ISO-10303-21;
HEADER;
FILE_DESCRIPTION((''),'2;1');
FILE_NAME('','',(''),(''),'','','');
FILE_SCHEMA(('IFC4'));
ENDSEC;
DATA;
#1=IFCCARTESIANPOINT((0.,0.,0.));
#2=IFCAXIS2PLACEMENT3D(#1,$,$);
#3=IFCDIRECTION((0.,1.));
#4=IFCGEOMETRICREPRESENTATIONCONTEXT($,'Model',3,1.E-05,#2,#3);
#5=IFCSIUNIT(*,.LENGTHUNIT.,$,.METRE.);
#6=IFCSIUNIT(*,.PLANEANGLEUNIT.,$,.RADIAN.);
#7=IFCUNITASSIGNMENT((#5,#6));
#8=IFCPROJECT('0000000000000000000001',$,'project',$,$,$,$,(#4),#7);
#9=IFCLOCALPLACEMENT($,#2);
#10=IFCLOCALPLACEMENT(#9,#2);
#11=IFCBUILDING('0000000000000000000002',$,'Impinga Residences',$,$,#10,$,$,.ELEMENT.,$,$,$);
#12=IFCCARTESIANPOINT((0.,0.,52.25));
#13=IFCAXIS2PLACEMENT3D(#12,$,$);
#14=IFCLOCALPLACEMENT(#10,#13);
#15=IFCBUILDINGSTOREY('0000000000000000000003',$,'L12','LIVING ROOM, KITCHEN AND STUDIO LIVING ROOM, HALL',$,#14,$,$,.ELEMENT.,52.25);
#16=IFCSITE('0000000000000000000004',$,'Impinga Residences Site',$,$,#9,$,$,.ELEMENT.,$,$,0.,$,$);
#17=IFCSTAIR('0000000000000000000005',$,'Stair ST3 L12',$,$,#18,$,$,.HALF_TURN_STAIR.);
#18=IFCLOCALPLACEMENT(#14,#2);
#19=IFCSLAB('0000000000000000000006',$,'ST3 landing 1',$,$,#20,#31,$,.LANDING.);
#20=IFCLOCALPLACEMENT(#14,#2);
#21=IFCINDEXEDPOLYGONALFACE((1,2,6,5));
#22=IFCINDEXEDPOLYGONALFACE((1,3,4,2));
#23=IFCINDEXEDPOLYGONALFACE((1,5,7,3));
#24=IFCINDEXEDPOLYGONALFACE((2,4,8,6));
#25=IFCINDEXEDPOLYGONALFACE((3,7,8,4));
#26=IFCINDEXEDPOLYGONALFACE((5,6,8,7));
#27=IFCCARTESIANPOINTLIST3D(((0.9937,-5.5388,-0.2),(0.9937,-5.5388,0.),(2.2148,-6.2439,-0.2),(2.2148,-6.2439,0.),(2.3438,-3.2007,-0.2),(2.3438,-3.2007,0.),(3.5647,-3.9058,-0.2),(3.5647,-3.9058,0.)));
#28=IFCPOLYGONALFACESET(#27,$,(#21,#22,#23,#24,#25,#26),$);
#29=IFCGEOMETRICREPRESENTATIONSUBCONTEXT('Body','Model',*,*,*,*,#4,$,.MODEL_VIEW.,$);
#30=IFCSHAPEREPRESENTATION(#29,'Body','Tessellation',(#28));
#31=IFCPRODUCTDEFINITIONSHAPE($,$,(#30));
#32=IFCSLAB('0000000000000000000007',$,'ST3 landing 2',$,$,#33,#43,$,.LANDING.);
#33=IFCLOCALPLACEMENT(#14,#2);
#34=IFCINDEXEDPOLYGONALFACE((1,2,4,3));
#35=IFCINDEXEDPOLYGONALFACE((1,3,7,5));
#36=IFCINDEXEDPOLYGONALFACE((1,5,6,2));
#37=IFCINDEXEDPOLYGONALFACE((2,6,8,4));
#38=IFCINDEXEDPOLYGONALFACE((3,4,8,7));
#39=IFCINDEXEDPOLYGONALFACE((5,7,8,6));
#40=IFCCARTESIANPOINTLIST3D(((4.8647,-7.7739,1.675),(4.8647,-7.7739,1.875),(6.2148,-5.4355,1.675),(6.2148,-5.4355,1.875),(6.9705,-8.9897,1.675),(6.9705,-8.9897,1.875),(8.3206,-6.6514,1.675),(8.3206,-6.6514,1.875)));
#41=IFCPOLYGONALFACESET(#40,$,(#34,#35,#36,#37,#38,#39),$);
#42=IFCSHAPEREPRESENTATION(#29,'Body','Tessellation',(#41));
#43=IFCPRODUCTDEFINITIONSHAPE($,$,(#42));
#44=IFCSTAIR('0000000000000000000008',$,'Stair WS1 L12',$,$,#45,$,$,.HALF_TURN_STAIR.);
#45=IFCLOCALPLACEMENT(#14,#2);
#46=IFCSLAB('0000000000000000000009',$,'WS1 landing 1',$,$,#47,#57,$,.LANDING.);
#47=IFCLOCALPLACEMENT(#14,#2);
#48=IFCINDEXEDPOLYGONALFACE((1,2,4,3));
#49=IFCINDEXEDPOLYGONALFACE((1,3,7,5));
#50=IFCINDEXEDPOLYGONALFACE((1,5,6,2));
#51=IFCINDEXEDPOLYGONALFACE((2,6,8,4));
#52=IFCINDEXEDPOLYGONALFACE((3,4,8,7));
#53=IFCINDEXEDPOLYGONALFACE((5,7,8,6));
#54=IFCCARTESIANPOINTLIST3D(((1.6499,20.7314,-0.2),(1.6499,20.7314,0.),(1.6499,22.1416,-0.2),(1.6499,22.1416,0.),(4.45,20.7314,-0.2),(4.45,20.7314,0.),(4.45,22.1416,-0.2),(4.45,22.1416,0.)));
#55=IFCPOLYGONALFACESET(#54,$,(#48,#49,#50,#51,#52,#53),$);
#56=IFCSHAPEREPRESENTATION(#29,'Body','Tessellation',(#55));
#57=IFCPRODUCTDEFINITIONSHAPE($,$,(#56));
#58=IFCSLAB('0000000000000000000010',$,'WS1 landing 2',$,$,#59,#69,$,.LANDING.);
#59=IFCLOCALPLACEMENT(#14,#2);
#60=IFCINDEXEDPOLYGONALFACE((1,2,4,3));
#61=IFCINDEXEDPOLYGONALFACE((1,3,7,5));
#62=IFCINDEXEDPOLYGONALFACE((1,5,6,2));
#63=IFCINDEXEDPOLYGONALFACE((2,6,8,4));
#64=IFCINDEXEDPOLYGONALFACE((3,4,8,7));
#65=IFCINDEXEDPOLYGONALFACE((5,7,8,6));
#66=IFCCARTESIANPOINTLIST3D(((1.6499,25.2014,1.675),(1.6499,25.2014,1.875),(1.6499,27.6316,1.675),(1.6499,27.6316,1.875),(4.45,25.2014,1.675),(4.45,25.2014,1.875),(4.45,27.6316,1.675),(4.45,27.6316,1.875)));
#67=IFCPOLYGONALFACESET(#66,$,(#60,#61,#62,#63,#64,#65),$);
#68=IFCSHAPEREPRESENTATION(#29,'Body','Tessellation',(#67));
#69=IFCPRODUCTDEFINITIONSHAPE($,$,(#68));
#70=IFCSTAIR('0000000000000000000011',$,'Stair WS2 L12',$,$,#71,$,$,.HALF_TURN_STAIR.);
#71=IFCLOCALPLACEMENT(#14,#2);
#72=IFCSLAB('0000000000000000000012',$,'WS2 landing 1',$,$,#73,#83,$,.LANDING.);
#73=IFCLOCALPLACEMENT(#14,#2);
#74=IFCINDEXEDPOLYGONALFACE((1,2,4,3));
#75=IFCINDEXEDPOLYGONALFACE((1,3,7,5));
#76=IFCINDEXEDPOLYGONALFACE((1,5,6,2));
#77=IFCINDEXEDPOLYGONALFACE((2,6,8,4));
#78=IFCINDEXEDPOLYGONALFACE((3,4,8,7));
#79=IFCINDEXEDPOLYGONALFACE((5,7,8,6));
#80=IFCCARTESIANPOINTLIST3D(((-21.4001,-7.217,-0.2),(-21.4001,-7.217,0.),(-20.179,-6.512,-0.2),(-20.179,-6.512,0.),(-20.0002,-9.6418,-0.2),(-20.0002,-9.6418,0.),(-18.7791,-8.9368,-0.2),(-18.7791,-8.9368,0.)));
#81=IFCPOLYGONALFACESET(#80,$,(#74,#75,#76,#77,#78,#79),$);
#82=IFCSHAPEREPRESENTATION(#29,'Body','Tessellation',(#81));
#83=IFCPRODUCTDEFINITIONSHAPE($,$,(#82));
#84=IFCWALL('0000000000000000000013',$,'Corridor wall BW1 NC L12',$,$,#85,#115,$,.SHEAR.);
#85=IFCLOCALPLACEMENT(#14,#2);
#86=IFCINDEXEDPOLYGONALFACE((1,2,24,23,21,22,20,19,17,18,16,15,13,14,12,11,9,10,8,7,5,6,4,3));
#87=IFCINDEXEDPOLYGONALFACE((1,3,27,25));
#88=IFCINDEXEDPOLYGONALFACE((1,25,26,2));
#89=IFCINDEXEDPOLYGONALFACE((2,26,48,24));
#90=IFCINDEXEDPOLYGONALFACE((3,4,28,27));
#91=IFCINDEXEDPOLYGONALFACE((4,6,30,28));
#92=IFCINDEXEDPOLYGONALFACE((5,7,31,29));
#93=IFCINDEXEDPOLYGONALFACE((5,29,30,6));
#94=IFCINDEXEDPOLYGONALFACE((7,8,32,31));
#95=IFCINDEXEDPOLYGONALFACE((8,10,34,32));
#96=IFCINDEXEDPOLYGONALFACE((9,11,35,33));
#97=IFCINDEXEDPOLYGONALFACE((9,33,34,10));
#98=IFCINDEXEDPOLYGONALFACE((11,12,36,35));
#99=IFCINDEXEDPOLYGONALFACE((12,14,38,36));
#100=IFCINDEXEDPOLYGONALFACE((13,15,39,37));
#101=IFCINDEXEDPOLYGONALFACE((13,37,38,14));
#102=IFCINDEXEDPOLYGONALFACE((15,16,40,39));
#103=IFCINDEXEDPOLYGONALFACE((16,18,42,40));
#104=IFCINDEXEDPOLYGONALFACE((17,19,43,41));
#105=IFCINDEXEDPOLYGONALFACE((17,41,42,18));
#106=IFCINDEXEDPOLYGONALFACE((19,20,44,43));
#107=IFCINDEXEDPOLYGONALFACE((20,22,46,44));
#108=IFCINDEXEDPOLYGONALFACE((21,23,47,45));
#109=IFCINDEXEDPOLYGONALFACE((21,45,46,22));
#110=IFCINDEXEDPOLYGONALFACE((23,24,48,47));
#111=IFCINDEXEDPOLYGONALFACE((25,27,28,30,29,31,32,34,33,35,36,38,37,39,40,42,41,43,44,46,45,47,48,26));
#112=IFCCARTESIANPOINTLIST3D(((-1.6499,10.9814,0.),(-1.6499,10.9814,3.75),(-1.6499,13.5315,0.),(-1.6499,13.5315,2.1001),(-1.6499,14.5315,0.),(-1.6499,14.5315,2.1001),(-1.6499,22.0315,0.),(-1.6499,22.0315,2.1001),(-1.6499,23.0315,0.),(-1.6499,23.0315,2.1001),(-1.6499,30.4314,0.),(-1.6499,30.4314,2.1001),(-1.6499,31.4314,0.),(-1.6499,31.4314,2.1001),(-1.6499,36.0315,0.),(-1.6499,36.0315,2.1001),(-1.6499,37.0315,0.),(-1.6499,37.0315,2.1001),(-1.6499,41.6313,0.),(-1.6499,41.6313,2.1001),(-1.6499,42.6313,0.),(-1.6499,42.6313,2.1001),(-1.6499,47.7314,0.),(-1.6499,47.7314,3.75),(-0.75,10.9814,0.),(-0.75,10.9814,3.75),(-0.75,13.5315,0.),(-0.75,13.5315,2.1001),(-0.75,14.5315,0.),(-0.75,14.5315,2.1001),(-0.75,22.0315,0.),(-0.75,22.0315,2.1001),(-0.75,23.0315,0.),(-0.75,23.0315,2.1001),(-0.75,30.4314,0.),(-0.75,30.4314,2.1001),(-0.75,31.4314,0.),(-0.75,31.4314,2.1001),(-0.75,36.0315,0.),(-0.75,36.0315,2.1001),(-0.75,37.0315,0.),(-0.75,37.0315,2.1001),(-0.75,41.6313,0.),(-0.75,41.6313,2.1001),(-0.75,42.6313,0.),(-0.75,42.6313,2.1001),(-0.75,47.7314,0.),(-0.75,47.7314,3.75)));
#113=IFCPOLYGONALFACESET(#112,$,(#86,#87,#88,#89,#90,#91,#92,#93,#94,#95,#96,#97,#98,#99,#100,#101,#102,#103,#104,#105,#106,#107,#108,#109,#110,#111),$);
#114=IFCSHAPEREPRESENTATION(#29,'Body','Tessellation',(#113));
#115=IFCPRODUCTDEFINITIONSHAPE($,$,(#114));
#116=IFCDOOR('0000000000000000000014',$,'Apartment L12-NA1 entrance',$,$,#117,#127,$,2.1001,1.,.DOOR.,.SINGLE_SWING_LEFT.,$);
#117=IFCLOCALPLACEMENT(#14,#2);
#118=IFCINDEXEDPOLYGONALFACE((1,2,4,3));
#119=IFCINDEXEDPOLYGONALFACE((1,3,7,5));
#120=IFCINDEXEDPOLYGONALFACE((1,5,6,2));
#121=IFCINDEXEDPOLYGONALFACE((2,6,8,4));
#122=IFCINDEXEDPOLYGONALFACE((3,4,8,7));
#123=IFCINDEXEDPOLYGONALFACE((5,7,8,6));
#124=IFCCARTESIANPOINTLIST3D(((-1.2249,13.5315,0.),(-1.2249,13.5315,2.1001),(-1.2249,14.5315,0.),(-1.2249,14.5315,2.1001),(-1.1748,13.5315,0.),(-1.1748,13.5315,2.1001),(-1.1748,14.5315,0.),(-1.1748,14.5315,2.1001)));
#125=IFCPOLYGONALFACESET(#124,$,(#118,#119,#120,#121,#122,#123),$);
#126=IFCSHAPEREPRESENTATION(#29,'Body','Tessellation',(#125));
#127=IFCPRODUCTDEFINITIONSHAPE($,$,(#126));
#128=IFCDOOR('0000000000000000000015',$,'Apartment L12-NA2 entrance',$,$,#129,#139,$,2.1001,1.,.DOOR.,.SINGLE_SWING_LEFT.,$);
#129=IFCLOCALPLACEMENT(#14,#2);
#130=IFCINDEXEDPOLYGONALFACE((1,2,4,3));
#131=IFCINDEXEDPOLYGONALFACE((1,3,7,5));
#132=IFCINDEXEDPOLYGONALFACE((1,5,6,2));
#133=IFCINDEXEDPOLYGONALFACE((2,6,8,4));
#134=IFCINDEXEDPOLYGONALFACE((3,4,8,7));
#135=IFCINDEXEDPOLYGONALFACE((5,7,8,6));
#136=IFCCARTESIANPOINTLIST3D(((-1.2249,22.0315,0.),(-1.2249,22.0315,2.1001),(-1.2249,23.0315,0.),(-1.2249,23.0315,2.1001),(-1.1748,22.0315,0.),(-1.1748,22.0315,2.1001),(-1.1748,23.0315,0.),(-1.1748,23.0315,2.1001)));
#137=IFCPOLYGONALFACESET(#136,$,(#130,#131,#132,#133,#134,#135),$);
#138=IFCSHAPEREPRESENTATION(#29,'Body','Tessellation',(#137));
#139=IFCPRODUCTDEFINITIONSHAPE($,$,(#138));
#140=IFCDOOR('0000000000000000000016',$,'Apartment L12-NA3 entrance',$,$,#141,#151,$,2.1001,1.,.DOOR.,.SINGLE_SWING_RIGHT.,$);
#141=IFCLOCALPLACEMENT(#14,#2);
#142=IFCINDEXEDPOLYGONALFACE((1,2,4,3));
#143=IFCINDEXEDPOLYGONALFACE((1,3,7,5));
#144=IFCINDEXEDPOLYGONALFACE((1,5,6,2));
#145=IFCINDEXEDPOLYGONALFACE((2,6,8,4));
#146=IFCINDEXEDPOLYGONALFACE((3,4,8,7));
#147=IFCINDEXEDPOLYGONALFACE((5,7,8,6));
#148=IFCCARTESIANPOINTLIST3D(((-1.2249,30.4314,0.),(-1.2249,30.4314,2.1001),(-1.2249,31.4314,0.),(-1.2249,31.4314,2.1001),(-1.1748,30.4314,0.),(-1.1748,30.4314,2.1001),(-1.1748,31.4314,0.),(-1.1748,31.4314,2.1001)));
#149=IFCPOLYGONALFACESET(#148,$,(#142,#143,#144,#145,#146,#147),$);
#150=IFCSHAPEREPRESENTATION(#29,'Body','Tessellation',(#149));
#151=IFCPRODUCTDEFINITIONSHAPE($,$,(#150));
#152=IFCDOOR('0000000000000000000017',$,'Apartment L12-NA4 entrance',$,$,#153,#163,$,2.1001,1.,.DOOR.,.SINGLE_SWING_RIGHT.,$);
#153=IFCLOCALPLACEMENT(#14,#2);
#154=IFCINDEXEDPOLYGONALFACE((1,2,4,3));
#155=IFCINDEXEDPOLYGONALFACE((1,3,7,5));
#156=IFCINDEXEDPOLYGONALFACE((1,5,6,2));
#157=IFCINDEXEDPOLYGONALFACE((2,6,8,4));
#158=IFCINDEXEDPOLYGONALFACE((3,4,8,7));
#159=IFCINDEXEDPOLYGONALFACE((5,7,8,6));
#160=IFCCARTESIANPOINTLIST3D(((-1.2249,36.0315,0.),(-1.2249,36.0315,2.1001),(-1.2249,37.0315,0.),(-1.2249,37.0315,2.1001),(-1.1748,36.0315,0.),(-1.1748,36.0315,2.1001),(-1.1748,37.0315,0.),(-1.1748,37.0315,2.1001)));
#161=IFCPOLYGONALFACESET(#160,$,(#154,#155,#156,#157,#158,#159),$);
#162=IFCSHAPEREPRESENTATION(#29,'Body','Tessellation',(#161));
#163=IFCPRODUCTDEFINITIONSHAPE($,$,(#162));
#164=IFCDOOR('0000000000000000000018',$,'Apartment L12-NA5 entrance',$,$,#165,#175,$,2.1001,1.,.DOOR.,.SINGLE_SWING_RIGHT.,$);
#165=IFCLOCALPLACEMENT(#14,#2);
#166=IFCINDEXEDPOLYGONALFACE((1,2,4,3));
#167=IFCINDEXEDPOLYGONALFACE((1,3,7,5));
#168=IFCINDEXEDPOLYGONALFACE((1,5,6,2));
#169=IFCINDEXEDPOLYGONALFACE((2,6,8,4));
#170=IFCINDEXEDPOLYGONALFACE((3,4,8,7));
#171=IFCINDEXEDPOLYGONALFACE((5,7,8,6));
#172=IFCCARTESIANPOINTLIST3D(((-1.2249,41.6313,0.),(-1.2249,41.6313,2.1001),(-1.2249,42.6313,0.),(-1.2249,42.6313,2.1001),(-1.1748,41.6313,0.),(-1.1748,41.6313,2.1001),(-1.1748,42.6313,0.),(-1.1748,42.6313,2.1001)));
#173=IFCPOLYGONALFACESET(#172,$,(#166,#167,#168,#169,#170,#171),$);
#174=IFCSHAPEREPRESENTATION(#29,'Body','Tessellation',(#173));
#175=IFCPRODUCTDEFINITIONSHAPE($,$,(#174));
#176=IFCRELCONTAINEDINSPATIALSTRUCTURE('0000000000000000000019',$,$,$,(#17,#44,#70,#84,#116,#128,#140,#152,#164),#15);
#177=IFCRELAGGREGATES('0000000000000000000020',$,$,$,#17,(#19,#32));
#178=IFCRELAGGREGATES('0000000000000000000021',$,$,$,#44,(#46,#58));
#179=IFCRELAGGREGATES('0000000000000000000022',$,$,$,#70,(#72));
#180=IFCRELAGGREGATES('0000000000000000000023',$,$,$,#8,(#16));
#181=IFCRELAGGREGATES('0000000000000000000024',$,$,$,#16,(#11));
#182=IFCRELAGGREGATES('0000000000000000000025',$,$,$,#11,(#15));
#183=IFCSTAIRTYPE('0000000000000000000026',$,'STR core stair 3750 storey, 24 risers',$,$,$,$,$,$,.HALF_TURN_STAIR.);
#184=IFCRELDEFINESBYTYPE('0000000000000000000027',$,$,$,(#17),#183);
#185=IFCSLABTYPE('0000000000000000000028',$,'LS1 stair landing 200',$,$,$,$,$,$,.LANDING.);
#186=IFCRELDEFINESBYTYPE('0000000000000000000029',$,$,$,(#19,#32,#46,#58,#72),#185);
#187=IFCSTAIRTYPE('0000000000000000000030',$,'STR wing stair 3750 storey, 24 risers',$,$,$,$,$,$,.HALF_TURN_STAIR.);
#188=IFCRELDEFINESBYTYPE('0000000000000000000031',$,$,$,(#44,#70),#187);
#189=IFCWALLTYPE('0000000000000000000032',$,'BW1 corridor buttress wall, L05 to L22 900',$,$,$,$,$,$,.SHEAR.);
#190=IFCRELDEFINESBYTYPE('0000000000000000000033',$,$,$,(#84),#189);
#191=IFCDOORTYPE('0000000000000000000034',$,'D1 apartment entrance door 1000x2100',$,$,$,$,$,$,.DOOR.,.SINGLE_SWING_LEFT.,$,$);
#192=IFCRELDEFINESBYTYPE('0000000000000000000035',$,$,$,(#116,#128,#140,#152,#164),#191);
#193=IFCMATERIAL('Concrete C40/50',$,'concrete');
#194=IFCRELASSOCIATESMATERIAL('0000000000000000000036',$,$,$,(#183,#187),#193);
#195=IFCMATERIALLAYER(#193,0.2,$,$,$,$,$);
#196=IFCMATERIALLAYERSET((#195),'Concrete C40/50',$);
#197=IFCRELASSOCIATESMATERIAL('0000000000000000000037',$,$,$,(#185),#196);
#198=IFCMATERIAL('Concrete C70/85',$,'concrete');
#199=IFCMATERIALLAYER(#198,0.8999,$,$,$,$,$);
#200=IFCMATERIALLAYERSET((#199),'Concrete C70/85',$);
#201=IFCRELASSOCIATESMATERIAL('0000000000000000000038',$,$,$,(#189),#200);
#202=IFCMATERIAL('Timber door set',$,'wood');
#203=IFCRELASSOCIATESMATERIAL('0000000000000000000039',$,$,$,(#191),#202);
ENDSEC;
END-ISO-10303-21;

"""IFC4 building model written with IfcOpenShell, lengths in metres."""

from ifc_helpers import new_model, si_unit, direction, frame, frame_2d, origin, place, context, subcontext, project, spatial, polyline, rectangle, outline, extrude, material, layer, layer_set, type_object, element, fill, aggregate, save


model = new_model("IFC4")

# Units and contexts
model_context = context("Model", 3, precision=1e-05, world=origin(), true_north=direction((0.0, 1.0)))
body_context = subcontext(model_context, "Body", "Model", "MODEL_VIEW")
ifc_project = project(units=[si_unit("LENGTHUNIT", "METRE"), si_unit("PLANEANGLEUNIT", "RADIAN")], contexts=[model_context])

# Site, building, storey
site_placement = place(None, origin())
site = spatial("IfcSite", under=ifc_project, at=site_placement, Name="Impinga Residences Site", CompositionType="ELEMENT", RefElevation=0.0)
building_placement = place(site_placement, origin())
building = spatial("IfcBuilding", under=site, at=building_placement, Name="Impinga Residences", CompositionType="ELEMENT")
storey_placement = place(building_placement, frame((0.0, 0.0, 52.25)))
storey = spatial("IfcBuildingStorey", under=building, at=storey_placement, Name="L12", Description="LIVING ROOM, KITCHEN AND STUDIO LIVING ROOM, HALL", CompositionType="ELEMENT", Elevation=52.25)

# Stairs, slabs
ifc_material_1 = material(Name="Concrete C40/50", Category="concrete")
stair_type_1 = type_object("IfcStairType", Name="STR core stair 3750 storey, 24 risers", PredefinedType="HALF_TURN_STAIR", material=ifc_material_1)
stair_1_placement = place(storey_placement, origin())
stair_1 = element("IfcStair", 1, at=stair_1_placement, inside=storey, type_object=stair_type_1, Name="Stair ST3 L12", PredefinedType="HALF_TURN_STAIR")
ifc_layer_1 = layer(ifc_material_1, 0.2)
ifc_layer_set_1 = layer_set([ifc_layer_1], Name="Concrete C40/50")
slab_type = type_object("IfcSlabType", Name="LS1 stair landing 200", PredefinedType="LANDING", material=ifc_layer_set_1)
slab_1_placement = place(storey_placement, frame((0.0, 0.0, -0.2)))
slab_1 = element("IfcSlab", 2, at=slab_1_placement, type_object=slab_type, Name="ST3 landing 1", PredefinedType="LANDING", context=body_context, shape_type="SweptSolid", body=[
    extrude(outline(polyline([(2.3438, -3.2007), (0.9937, -5.5388), (2.2148, -6.2439), (3.5647, -3.9058), (2.3438, -3.2007)])), origin(), (0.0, 0.0, 1.0), 0.2),
])
slab_2_placement = place(storey_placement, frame((0.0, 0.0, 1.675)))
slab_2 = element("IfcSlab", 3, at=slab_2_placement, type_object=slab_type, Name="ST3 landing 2", PredefinedType="LANDING", context=body_context, shape_type="SweptSolid", body=[
    extrude(outline(polyline([(6.2148, -5.4355), (4.8647, -7.7739), (6.9705, -8.9897), (8.3206, -6.6514), (6.2148, -5.4355)])), origin(), (0.0, 0.0, 1.0), 0.2),
])
aggregate(stair_1, [slab_1, slab_2])
stair_type_2 = type_object("IfcStairType", Name="STR wing stair 3750 storey, 24 risers", PredefinedType="HALF_TURN_STAIR", material=ifc_material_1)
stair_2_placement = place(storey_placement, origin())
stair_2 = element("IfcStair", 4, at=stair_2_placement, inside=storey, type_object=stair_type_2, Name="Stair WS1 L12", PredefinedType="HALF_TURN_STAIR")
slab_3_placement = place(storey_placement, frame((0.0, 0.0, -0.2)))
slab_3 = element("IfcSlab", 5, at=slab_3_placement, type_object=slab_type, Name="WS1 landing 1", PredefinedType="LANDING", context=body_context, shape_type="SweptSolid", body=[
    extrude(outline(polyline([(1.6499, 20.7314), (4.45, 20.7314), (4.45, 22.1416), (1.6499, 22.1416), (1.6499, 20.7314)])), origin(), (0.0, 0.0, 1.0), 0.2),
])
slab_4_placement = place(storey_placement, frame((0.0, 0.0, 1.675)))
slab_4 = element("IfcSlab", 6, at=slab_4_placement, type_object=slab_type, Name="WS1 landing 2", PredefinedType="LANDING", context=body_context, shape_type="SweptSolid", body=[
    extrude(outline(polyline([(1.6499, 25.2014), (4.45, 25.2014), (4.45, 27.6316), (1.6499, 27.6316), (1.6499, 25.2014)])), origin(), (0.0, 0.0, 1.0), 0.2),
])
aggregate(stair_2, [slab_3, slab_4])

# Stair, slab
stair_3_placement = place(storey_placement, origin())
stair_3 = element("IfcStair", 7, at=stair_3_placement, inside=storey, type_object=stair_type_2, Name="Stair WS2 L12", PredefinedType="HALF_TURN_STAIR")
slab_5_placement = place(storey_placement, frame((0.0, 0.0, -0.2)))
slab_5 = element("IfcSlab", 8, at=slab_5_placement, type_object=slab_type, Name="WS2 landing 1", PredefinedType="LANDING", context=body_context, shape_type="SweptSolid", body=[
    extrude(outline(polyline([(-18.7791, -8.9368), (-20.179, -6.512), (-21.4001, -7.217), (-20.0002, -9.6418), (-18.7791, -8.9368)])), origin(), (0.0, 0.0, 1.0), 0.2),
])
aggregate(stair_3, [slab_5])

# Wall, openings, doors
ifc_material_2 = material(Name="Concrete C70/85", Category="concrete")
ifc_layer_2 = layer(ifc_material_2, 0.8999)
ifc_layer_set_2 = layer_set([ifc_layer_2], Name="Concrete C70/85")
wall_type_1 = type_object("IfcWallType", Name="BW1 corridor buttress wall, L05 to L22 900", PredefinedType="SHEAR", material=ifc_layer_set_2)
wall_1_placement = place(storey_placement, frame((-1.2, 10.9814, 0.0), z_axis=(0.0, 0.0, 1.0), x_axis=(0.0, 1.0, 0.0)))
wall_1 = element("IfcWall", 9, at=wall_1_placement, inside=storey, type_object=wall_type_1, Name="Corridor wall BW1 NC L12", PredefinedType="SHEAR", context=body_context, shape_type="SweptSolid", body=[
    extrude(rectangle(XDim=36.75, YDim=0.8999, at=frame_2d((18.375, 0.0))), origin(), (0.0, 0.0, 1.0), 3.75),
])
opening_1_placement = place(wall_1_placement, frame((2.55, 0.0, 0.0)))
opening_1 = element("IfcOpeningElement", 10, at=opening_1_placement, cuts=wall_1, PredefinedType="OPENING", context=body_context, shape_type="SweptSolid", body=[
    extrude(rectangle(XDim=1.0, YDim=2.1001, at=frame_2d((0.5, 1.05))), frame((0.0, 0.46, 0.0), z_axis=(0.0, -1.0, 0.0), x_axis=(1.0, 0.0, 0.0)), (0.0, 0.0, 1.0), 0.9199),
])
opening_2_placement = place(wall_1_placement, frame((11.05, 0.0, 0.0)))
opening_2 = element("IfcOpeningElement", 11, at=opening_2_placement, cuts=wall_1, PredefinedType="OPENING", context=body_context, shape_type="SweptSolid", body=[
    extrude(rectangle(XDim=1.0, YDim=2.1001, at=frame_2d((0.5, 1.05))), frame((0.0, 0.46, 0.0), z_axis=(0.0, -1.0, 0.0), x_axis=(1.0, 0.0, 0.0)), (0.0, 0.0, 1.0), 0.9199),
])
opening_3_placement = place(wall_1_placement, frame((19.45, 0.0, 0.0)))
opening_3 = element("IfcOpeningElement", 12, at=opening_3_placement, cuts=wall_1, PredefinedType="OPENING", context=body_context, shape_type="SweptSolid", body=[
    extrude(rectangle(XDim=1.0, YDim=2.1001, at=frame_2d((0.5, 1.05))), frame((0.0, 0.46, 0.0), z_axis=(0.0, -1.0, 0.0), x_axis=(1.0, 0.0, 0.0)), (0.0, 0.0, 1.0), 0.9199),
])
opening_4_placement = place(wall_1_placement, frame((25.05, 0.0, 0.0)))
opening_4 = element("IfcOpeningElement", 13, at=opening_4_placement, cuts=wall_1, PredefinedType="OPENING", context=body_context, shape_type="SweptSolid", body=[
    extrude(rectangle(XDim=1.0, YDim=2.1001, at=frame_2d((0.5, 1.05))), frame((0.0, 0.46, 0.0), z_axis=(0.0, -1.0, 0.0), x_axis=(1.0, 0.0, 0.0)), (0.0, 0.0, 1.0), 0.9199),
])
opening_5_placement = place(wall_1_placement, frame((30.6499, 0.0, 0.0)))
opening_5 = element("IfcOpeningElement", 14, at=opening_5_placement, cuts=wall_1, PredefinedType="OPENING", context=body_context, shape_type="SweptSolid", body=[
    extrude(rectangle(XDim=1.0, YDim=2.1001, at=frame_2d((0.5, 1.05))), frame((0.0, 0.46, 0.0), z_axis=(0.0, -1.0, 0.0), x_axis=(1.0, 0.0, 0.0)), (0.0, 0.0, 1.0), 0.9199),
])
ifc_material_3 = material(Name="Timber door set", Category="wood")
door_type_1 = type_object("IfcDoorType", Name="D1 apartment entrance door 1000x2100", OperationType="SINGLE_SWING_LEFT", PredefinedType="DOOR", material=ifc_material_3)
door_1_placement = place(opening_1_placement, origin())
door_1 = element("IfcDoor", 15, at=door_1_placement, inside=storey, type_object=door_type_1, Name="Apartment L12-NA1 entrance", OperationType="SINGLE_SWING_LEFT", OverallHeight=2.1001, OverallWidth=1.0, PredefinedType="DOOR", context=body_context, shape_type="SweptSolid", body=[
    extrude(rectangle(XDim=1.0, YDim=2.1001, at=frame_2d((0.5, 1.05))), frame((0.0, 0.0249, 0.0), z_axis=(0.0, -1.0, 0.0), x_axis=(1.0, 0.0, 0.0)), (0.0, 0.0, 1.0), 0.05),
])
fill(opening_1, door_1)
door_2_placement = place(opening_2_placement, origin())
door_2 = element("IfcDoor", 16, at=door_2_placement, inside=storey, type_object=door_type_1, Name="Apartment L12-NA2 entrance", OperationType="SINGLE_SWING_LEFT", OverallHeight=2.1001, OverallWidth=1.0, PredefinedType="DOOR", context=body_context, shape_type="SweptSolid", body=[
    extrude(rectangle(XDim=1.0, YDim=2.1001, at=frame_2d((0.5, 1.05))), frame((0.0, 0.0249, 0.0), z_axis=(0.0, -1.0, 0.0), x_axis=(1.0, 0.0, 0.0)), (0.0, 0.0, 1.0), 0.05),
])
fill(opening_2, door_2)
door_3_placement = place(opening_3_placement, origin())
door_3 = element("IfcDoor", 17, at=door_3_placement, inside=storey, type_object=door_type_1, Name="Apartment L12-NA3 entrance", OperationType="SINGLE_SWING_RIGHT", OverallHeight=2.1001, OverallWidth=1.0, PredefinedType="DOOR", context=body_context, shape_type="SweptSolid", body=[
    extrude(rectangle(XDim=1.0, YDim=2.1001, at=frame_2d((0.5, 1.05))), frame((0.0, 0.0249, 0.0), z_axis=(0.0, -1.0, 0.0), x_axis=(1.0, 0.0, 0.0)), (0.0, 0.0, 1.0), 0.05),
])
fill(opening_3, door_3)
door_4_placement = place(opening_4_placement, origin())
door_4 = element("IfcDoor", 18, at=door_4_placement, inside=storey, type_object=door_type_1, Name="Apartment L12-NA4 entrance", OperationType="SINGLE_SWING_RIGHT", OverallHeight=2.1001, OverallWidth=1.0, PredefinedType="DOOR", context=body_context, shape_type="SweptSolid", body=[
    extrude(rectangle(XDim=1.0, YDim=2.1001, at=frame_2d((0.5, 1.05))), frame((0.0, 0.0249, 0.0), z_axis=(0.0, -1.0, 0.0), x_axis=(1.0, 0.0, 0.0)), (0.0, 0.0, 1.0), 0.05),
])
fill(opening_4, door_4)
door_5_placement = place(opening_5_placement, origin())
door_5 = element("IfcDoor", 19, at=door_5_placement, inside=storey, type_object=door_type_1, Name="Apartment L12-NA5 entrance", OperationType="SINGLE_SWING_RIGHT", OverallHeight=2.1001, OverallWidth=1.0, PredefinedType="DOOR", context=body_context, shape_type="SweptSolid", body=[
    extrude(rectangle(XDim=1.0, YDim=2.1001, at=frame_2d((0.5, 1.05))), frame((0.0, 0.0249, 0.0), z_axis=(0.0, -1.0, 0.0), x_axis=(1.0, 0.0, 0.0)), (0.0, 0.0, 1.0), 0.05),
])
fill(opening_5, door_5)

save(model, "model.ifc")
